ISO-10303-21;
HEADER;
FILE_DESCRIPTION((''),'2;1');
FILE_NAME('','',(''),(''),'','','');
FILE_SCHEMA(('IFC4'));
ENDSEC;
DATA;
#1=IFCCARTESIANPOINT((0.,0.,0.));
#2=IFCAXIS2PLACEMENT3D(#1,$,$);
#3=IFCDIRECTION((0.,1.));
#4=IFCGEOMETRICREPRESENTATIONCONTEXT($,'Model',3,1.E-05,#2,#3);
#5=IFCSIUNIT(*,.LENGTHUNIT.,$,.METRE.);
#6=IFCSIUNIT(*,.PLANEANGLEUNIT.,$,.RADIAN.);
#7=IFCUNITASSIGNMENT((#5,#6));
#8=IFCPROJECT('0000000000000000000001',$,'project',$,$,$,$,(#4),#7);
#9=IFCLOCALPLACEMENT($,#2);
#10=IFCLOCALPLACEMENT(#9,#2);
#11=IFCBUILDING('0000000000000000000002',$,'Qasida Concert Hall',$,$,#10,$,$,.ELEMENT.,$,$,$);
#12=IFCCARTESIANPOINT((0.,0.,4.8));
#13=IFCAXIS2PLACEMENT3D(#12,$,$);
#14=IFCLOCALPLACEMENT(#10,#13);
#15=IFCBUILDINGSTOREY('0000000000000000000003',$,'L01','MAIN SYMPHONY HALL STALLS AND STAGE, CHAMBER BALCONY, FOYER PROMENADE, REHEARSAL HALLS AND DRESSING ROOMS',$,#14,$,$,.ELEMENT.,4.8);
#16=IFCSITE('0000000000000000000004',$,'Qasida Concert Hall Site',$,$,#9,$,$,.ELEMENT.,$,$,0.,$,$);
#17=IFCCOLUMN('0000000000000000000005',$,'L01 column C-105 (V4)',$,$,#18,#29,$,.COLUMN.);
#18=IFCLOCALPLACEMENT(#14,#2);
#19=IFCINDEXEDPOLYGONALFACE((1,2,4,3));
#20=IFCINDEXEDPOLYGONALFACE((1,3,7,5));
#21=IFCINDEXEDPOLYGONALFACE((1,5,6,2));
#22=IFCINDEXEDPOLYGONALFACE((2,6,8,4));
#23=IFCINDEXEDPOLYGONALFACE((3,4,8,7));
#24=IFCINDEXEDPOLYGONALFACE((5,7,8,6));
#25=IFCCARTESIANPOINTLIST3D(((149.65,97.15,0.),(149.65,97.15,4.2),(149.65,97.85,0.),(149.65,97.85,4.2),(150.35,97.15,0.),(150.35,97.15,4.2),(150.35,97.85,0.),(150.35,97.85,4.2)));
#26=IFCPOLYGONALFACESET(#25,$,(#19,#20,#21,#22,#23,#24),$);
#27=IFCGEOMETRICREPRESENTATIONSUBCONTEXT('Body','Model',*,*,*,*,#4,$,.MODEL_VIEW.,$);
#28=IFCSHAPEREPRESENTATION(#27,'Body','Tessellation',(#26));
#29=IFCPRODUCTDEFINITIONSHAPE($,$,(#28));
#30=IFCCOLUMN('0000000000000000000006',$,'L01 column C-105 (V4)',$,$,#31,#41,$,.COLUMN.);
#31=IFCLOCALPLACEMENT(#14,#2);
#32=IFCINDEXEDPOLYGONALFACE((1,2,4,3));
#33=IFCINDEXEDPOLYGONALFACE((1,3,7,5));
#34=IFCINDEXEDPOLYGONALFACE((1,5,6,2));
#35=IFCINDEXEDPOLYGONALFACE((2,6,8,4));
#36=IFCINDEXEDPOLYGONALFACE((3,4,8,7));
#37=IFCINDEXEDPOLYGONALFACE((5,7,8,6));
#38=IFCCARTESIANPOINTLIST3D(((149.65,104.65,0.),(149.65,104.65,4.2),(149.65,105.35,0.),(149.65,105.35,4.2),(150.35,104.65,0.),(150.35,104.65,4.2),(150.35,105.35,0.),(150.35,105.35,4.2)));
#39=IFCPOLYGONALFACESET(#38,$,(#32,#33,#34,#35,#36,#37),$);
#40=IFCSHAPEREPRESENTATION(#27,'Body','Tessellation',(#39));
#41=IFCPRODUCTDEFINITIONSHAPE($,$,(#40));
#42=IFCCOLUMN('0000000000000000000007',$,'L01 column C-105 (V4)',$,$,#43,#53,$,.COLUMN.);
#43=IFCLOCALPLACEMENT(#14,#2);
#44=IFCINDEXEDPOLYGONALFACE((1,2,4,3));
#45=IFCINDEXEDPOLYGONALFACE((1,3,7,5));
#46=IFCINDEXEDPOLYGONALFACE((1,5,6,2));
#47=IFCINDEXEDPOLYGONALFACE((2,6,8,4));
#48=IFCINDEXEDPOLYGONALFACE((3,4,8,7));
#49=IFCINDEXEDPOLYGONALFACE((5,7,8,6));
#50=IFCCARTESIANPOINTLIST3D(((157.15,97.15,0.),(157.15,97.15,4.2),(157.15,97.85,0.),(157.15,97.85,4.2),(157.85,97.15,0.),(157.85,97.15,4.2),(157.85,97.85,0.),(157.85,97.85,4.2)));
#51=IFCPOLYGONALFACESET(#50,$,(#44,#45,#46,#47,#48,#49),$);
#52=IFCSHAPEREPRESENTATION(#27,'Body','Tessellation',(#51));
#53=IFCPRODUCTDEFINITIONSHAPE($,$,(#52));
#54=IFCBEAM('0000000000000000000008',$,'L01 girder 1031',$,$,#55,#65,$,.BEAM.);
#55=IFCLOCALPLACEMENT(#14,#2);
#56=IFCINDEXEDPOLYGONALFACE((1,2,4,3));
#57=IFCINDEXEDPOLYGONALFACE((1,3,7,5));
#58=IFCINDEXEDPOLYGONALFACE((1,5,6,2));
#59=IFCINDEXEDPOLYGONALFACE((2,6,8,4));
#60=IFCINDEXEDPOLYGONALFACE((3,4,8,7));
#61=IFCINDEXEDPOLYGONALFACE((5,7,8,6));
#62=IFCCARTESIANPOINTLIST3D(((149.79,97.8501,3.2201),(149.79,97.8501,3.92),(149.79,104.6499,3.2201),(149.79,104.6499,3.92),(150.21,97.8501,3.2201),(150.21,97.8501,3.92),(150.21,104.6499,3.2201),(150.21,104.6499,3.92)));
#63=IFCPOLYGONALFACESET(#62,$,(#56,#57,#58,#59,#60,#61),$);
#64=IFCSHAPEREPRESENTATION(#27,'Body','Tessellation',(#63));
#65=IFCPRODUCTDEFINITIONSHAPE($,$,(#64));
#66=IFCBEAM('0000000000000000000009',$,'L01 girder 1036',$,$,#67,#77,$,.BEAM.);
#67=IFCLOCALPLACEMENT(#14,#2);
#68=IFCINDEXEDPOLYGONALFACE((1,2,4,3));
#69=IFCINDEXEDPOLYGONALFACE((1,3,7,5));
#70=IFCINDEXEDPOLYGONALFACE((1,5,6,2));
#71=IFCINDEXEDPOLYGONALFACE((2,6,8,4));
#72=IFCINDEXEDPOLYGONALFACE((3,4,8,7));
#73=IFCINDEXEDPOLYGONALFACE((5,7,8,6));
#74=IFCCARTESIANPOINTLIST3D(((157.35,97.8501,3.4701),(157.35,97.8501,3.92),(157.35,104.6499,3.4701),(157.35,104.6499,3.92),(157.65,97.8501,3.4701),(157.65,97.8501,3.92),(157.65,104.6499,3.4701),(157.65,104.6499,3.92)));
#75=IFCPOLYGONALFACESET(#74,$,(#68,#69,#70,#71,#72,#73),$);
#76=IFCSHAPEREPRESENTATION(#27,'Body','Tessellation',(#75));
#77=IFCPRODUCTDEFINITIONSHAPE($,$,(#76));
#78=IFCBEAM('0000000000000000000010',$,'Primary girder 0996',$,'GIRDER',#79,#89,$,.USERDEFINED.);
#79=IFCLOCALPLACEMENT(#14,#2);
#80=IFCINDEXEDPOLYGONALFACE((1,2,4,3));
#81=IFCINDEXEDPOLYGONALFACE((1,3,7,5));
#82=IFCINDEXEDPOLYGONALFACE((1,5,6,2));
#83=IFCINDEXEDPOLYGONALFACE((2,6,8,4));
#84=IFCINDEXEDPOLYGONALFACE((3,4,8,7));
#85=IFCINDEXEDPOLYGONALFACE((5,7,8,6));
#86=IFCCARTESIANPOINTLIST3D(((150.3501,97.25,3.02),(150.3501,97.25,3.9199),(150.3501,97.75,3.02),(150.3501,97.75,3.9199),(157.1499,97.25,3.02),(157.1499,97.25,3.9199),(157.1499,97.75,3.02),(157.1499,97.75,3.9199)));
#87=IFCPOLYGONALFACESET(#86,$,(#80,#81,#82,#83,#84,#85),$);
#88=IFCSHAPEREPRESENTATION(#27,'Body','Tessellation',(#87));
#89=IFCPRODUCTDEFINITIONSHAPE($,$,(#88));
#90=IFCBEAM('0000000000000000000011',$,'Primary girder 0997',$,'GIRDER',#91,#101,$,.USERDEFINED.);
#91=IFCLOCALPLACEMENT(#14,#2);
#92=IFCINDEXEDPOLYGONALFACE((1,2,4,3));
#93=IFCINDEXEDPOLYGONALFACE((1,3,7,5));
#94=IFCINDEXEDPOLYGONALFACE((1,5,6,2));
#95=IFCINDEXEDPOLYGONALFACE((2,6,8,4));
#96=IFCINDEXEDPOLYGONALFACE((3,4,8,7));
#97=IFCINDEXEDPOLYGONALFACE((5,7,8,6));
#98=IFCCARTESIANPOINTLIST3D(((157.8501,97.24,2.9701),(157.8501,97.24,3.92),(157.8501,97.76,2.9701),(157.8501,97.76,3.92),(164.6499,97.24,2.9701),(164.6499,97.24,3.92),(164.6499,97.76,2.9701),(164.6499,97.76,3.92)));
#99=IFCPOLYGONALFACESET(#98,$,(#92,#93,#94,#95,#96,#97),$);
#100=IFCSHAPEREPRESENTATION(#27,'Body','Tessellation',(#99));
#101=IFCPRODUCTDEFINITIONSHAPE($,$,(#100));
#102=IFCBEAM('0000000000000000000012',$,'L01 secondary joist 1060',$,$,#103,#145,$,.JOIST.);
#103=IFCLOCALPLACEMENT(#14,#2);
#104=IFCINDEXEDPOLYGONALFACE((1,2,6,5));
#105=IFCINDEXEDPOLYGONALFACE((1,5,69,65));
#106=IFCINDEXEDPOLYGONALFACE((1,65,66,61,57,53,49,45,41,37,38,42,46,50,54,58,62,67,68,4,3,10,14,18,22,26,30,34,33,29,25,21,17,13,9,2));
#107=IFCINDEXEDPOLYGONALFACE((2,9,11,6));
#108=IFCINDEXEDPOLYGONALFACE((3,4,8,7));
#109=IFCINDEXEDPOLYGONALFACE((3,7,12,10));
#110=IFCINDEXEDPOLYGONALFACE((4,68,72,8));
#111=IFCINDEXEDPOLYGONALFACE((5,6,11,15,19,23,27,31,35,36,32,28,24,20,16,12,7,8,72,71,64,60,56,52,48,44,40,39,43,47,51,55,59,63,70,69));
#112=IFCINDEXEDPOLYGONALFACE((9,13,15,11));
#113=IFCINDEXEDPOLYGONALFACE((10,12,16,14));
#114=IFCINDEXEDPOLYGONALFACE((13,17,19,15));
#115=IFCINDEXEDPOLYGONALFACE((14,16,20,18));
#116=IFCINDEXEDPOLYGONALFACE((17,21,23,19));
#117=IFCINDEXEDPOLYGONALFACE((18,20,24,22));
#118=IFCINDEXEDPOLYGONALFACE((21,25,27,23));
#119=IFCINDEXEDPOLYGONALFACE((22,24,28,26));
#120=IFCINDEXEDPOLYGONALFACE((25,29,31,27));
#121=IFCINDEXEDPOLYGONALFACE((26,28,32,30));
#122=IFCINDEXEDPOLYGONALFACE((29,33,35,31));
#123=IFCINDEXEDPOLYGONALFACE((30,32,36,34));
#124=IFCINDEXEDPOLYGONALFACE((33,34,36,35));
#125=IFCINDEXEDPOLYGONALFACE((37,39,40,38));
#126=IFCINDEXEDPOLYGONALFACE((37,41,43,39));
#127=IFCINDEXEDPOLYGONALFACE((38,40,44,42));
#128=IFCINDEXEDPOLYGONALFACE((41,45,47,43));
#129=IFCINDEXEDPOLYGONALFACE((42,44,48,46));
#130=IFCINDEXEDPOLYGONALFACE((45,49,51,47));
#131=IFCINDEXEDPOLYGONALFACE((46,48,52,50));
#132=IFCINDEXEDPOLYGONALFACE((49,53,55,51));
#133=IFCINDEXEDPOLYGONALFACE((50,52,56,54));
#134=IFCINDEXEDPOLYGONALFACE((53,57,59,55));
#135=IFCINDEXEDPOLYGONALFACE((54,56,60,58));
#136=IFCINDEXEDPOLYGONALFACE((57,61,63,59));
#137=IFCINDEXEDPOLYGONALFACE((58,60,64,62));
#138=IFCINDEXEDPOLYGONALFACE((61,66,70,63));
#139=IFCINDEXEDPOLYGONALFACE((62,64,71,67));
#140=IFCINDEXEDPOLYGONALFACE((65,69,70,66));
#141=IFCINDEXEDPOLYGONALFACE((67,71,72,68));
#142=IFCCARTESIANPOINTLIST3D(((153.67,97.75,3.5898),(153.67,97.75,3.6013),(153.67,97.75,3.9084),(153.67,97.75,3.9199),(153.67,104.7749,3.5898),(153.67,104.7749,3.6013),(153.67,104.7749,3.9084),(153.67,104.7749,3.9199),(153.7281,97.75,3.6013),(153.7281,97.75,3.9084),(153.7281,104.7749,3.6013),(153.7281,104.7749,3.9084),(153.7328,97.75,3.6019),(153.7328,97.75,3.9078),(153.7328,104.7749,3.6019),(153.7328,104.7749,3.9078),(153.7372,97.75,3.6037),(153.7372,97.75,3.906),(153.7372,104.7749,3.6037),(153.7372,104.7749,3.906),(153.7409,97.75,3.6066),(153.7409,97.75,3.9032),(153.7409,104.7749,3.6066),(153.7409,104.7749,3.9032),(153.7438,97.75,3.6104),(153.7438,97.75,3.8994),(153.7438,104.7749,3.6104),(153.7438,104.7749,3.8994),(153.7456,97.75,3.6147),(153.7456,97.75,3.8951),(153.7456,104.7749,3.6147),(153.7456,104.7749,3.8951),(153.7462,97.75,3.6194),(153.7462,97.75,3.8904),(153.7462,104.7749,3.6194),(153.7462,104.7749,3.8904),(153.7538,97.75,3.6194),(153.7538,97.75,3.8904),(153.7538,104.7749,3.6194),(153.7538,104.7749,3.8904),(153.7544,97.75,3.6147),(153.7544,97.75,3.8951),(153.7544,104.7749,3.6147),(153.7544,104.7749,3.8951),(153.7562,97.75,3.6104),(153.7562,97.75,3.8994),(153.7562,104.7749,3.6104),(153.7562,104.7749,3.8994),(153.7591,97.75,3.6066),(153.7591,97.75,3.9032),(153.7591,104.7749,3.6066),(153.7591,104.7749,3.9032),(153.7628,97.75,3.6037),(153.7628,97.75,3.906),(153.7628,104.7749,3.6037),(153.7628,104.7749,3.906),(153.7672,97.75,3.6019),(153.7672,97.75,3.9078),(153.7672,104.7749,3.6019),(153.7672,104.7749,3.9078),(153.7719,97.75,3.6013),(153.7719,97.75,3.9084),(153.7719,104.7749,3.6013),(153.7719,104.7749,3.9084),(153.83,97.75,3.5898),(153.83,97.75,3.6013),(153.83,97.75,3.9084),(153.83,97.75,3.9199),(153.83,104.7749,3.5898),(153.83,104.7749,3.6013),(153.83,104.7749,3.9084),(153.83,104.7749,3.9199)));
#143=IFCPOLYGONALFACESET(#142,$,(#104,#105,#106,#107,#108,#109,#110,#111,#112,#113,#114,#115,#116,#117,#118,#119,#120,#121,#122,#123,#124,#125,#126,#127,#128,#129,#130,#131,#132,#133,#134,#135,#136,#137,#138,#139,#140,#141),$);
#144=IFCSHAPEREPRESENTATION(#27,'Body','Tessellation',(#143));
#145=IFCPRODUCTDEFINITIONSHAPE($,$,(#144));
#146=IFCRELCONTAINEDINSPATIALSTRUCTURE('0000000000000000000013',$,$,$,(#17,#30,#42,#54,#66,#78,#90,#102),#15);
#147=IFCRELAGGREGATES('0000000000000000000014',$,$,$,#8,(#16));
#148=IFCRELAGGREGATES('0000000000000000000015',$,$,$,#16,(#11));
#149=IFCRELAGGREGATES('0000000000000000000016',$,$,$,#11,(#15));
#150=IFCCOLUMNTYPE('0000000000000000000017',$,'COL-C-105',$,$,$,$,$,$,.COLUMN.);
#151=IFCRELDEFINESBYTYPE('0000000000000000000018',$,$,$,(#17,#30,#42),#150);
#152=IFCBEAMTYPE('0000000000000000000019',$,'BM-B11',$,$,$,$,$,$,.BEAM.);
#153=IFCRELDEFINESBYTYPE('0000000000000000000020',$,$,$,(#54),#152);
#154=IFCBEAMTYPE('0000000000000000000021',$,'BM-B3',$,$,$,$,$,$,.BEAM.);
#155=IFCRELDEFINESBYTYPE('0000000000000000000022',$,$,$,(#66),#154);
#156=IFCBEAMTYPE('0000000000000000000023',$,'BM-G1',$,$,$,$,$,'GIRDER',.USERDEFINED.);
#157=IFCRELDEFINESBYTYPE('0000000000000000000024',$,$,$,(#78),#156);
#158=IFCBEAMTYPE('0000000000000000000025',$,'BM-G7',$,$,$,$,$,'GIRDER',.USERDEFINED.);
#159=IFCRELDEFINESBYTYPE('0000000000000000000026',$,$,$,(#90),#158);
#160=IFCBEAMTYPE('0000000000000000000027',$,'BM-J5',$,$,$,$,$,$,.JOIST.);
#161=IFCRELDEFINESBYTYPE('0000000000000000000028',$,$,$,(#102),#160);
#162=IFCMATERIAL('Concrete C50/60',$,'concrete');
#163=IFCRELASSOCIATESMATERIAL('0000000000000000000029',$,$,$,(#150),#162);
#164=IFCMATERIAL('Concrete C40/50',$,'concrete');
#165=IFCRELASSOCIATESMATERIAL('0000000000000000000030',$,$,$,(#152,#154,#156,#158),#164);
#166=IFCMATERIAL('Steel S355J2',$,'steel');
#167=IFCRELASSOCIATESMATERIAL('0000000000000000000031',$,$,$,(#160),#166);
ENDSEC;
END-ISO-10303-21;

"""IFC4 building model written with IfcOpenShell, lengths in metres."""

from ifc_helpers import new_model, si_unit, direction, frame, origin, origin_2d, place, context, subcontext, project, spatial, rectangle, i_section, extrude, material, material_profile, profile_set, type_object, element, save


model = new_model("IFC4")

# Units and contexts
model_context = context("Model", 3, precision=1e-05, world=origin(), true_north=direction((0.0, 1.0)))
body_context = subcontext(model_context, "Body", "Model", "MODEL_VIEW")
ifc_project = project(units=[si_unit("LENGTHUNIT", "METRE"), si_unit("PLANEANGLEUNIT", "RADIAN")], contexts=[model_context])

# Site, building, storey
site_placement = place(None, origin())
site = spatial("IfcSite", under=ifc_project, at=site_placement, Name="Qasida Concert Hall Site", CompositionType="ELEMENT", RefElevation=0.0)
building_placement = place(site_placement, origin())
building = spatial("IfcBuilding", under=site, at=building_placement, Name="Qasida Concert Hall", CompositionType="ELEMENT")
storey_placement = place(building_placement, frame((0.0, 0.0, 4.8)))
storey = spatial("IfcBuildingStorey", under=building, at=storey_placement, Name="L01", Description="MAIN SYMPHONY HALL STALLS AND STAGE, CHAMBER BALCONY, FOYER PROMENADE, REHEARSAL HALLS AND DRESSING ROOMS", CompositionType="ELEMENT", Elevation=4.8)

# Columns
ifc_material_1 = material(Name="Concrete C50/60", Category="concrete")
ifc_material_profile_1 = material_profile(ifc_material_1, rectangle(XDim=0.7, YDim=0.7, at=origin_2d()), Name="RC 700x700")
ifc_profile_set_1 = profile_set([ifc_material_profile_1], Name="Concrete C50/60")
column_type = type_object("IfcColumnType", Name="COL-C-105", PredefinedType="COLUMN", material=ifc_profile_set_1)
for number, where, z_axis, x_axis, name in (
    (1, (150.0, 97.5, 0.0), (0.0, 0.0, 1.0), (1.0, 0.0, 0.0), "L01 column C-105 (V4)"),
    (2, (150.0, 105.0, 0.0), (0.0, 0.0, 1.0), (1.0, 0.0, 0.0), "L01 column C-105 (V4)"),
    (3, (157.5, 97.5, 0.0), (0.0, 0.0, 1.0), (1.0, 0.0, 0.0), "L01 column C-105 (V4)"),
):
    element("IfcColumn", number, at=place(storey_placement, frame(where, z_axis=z_axis, x_axis=x_axis)), inside=storey, type_object=column_type, Name=name, PredefinedType="COLUMN", context=body_context, shape_type="SweptSolid", body=[
        extrude(rectangle(XDim=0.7, YDim=0.7, at=origin_2d()), origin(), (0.0, 0.0, 1.0), 4.2),
    ])

# Beams
ifc_material_2 = material(Name="Concrete C40/50", Category="concrete")
ifc_material_profile_2 = material_profile(ifc_material_2, rectangle(XDim=0.4199, YDim=0.7, at=origin_2d()), Name="RC 420x700")
ifc_profile_set_2 = profile_set([ifc_material_profile_2], Name="Concrete C40/50")
beam_type_1 = type_object("IfcBeamType", Name="BM-B11", PredefinedType="BEAM", material=ifc_profile_set_2)
beam_1_placement = place(storey_placement, frame((150.0, 97.8501, 3.5701), z_axis=(0.0, 1.0, 0.0), x_axis=(-1.0, 0.0, 0.0)))
element("IfcBeam", 4, at=beam_1_placement, inside=storey, type_object=beam_type_1, Name="L01 girder 1031", PredefinedType="BEAM", context=body_context, shape_type="SweptSolid", body=[
    extrude(rectangle(XDim=0.4199, YDim=0.7, at=origin_2d()), origin(), (0.0, 0.0, 1.0), 6.7998),
])
ifc_material_profile_3 = material_profile(ifc_material_2, rectangle(XDim=0.3, YDim=0.45, at=origin_2d()), Name="RC 300x450")
ifc_profile_set_3 = profile_set([ifc_material_profile_3], Name="Concrete C40/50")
beam_type_2 = type_object("IfcBeamType", Name="BM-B3", PredefinedType="BEAM", material=ifc_profile_set_3)
beam_2_placement = place(storey_placement, frame((157.5, 97.8501, 3.6951), z_axis=(0.0, 1.0, 0.0), x_axis=(-1.0, 0.0, 0.0)))
element("IfcBeam", 5, at=beam_2_placement, inside=storey, type_object=beam_type_2, Name="L01 girder 1036", PredefinedType="BEAM", context=body_context, shape_type="SweptSolid", body=[
    extrude(rectangle(XDim=0.3, YDim=0.45, at=origin_2d()), origin(), (0.0, 0.0, 1.0), 6.7998),
])
ifc_material_profile_4 = material_profile(ifc_material_2, rectangle(XDim=0.5, YDim=0.8999, at=origin_2d()), Name="RC 500x900")
ifc_profile_set_4 = profile_set([ifc_material_profile_4], Name="Concrete C40/50")
beam_type_3 = type_object("IfcBeamType", Name="BM-G1", ElementType="GIRDER", PredefinedType="USERDEFINED", material=ifc_profile_set_4)
beam_3_placement = place(storey_placement, frame((150.3501, 97.5, 3.47), z_axis=(1.0, 0.0, 0.0), x_axis=(0.0, 1.0, 0.0)))
element("IfcBeam", 6, at=beam_3_placement, inside=storey, type_object=beam_type_3, Name="Primary girder 0996", ObjectType="GIRDER", PredefinedType="USERDEFINED", context=body_context, shape_type="SweptSolid", body=[
    extrude(rectangle(XDim=0.5, YDim=0.8999, at=origin_2d()), origin(), (0.0, 0.0, 1.0), 6.7998),
])
ifc_material_profile_5 = material_profile(ifc_material_2, rectangle(XDim=0.52, YDim=0.95, at=origin_2d()), Name="RC 520x950")
ifc_profile_set_5 = profile_set([ifc_material_profile_5], Name="Concrete C40/50")
beam_type_4 = type_object("IfcBeamType", Name="BM-G7", ElementType="GIRDER", PredefinedType="USERDEFINED", material=ifc_profile_set_5)
beam_4_placement = place(storey_placement, frame((157.8501, 97.5, 3.4451), z_axis=(1.0, 0.0, 0.0), x_axis=(0.0, 1.0, 0.0)))
element("IfcBeam", 7, at=beam_4_placement, inside=storey, type_object=beam_type_4, Name="Primary girder 0997", ObjectType="GIRDER", PredefinedType="USERDEFINED", context=body_context, shape_type="SweptSolid", body=[
    extrude(rectangle(XDim=0.52, YDim=0.95, at=origin_2d()), origin(), (0.0, 0.0, 1.0), 6.7998),
])
ifc_material_3 = material(Name="Steel S355J2", Category="steel")
ifc_material_profile_6 = material_profile(ifc_material_3, i_section(OverallWidth=0.1599, OverallDepth=0.3301, WebThickness=0.0076, FlangeThickness=0.0115, FilletRadius=0.0181, at=origin_2d()), Name="IPE 330")
ifc_profile_set_6 = profile_set([ifc_material_profile_6], Name="Steel S355J2")
beam_type_5 = type_object("IfcBeamType", Name="BM-J5", PredefinedType="JOIST", material=ifc_profile_set_6)
beam_5_placement = place(storey_placement, frame((153.75, 97.75, 3.7549), z_axis=(0.0, 1.0, 0.0), x_axis=(-1.0, 0.0, 0.0)))
element("IfcBeam", 8, at=beam_5_placement, inside=storey, type_object=beam_type_5, Name="L01 secondary joist 1060", PredefinedType="JOIST", context=body_context, shape_type="SweptSolid", body=[
    extrude(i_section(OverallWidth=0.1599, OverallDepth=0.3301, WebThickness=0.0076, FlangeThickness=0.0115, FilletRadius=0.0181, at=origin_2d()), origin(), (0.0, 0.0, 1.0), 7.0249),
])

save(model, "model.ifc")
